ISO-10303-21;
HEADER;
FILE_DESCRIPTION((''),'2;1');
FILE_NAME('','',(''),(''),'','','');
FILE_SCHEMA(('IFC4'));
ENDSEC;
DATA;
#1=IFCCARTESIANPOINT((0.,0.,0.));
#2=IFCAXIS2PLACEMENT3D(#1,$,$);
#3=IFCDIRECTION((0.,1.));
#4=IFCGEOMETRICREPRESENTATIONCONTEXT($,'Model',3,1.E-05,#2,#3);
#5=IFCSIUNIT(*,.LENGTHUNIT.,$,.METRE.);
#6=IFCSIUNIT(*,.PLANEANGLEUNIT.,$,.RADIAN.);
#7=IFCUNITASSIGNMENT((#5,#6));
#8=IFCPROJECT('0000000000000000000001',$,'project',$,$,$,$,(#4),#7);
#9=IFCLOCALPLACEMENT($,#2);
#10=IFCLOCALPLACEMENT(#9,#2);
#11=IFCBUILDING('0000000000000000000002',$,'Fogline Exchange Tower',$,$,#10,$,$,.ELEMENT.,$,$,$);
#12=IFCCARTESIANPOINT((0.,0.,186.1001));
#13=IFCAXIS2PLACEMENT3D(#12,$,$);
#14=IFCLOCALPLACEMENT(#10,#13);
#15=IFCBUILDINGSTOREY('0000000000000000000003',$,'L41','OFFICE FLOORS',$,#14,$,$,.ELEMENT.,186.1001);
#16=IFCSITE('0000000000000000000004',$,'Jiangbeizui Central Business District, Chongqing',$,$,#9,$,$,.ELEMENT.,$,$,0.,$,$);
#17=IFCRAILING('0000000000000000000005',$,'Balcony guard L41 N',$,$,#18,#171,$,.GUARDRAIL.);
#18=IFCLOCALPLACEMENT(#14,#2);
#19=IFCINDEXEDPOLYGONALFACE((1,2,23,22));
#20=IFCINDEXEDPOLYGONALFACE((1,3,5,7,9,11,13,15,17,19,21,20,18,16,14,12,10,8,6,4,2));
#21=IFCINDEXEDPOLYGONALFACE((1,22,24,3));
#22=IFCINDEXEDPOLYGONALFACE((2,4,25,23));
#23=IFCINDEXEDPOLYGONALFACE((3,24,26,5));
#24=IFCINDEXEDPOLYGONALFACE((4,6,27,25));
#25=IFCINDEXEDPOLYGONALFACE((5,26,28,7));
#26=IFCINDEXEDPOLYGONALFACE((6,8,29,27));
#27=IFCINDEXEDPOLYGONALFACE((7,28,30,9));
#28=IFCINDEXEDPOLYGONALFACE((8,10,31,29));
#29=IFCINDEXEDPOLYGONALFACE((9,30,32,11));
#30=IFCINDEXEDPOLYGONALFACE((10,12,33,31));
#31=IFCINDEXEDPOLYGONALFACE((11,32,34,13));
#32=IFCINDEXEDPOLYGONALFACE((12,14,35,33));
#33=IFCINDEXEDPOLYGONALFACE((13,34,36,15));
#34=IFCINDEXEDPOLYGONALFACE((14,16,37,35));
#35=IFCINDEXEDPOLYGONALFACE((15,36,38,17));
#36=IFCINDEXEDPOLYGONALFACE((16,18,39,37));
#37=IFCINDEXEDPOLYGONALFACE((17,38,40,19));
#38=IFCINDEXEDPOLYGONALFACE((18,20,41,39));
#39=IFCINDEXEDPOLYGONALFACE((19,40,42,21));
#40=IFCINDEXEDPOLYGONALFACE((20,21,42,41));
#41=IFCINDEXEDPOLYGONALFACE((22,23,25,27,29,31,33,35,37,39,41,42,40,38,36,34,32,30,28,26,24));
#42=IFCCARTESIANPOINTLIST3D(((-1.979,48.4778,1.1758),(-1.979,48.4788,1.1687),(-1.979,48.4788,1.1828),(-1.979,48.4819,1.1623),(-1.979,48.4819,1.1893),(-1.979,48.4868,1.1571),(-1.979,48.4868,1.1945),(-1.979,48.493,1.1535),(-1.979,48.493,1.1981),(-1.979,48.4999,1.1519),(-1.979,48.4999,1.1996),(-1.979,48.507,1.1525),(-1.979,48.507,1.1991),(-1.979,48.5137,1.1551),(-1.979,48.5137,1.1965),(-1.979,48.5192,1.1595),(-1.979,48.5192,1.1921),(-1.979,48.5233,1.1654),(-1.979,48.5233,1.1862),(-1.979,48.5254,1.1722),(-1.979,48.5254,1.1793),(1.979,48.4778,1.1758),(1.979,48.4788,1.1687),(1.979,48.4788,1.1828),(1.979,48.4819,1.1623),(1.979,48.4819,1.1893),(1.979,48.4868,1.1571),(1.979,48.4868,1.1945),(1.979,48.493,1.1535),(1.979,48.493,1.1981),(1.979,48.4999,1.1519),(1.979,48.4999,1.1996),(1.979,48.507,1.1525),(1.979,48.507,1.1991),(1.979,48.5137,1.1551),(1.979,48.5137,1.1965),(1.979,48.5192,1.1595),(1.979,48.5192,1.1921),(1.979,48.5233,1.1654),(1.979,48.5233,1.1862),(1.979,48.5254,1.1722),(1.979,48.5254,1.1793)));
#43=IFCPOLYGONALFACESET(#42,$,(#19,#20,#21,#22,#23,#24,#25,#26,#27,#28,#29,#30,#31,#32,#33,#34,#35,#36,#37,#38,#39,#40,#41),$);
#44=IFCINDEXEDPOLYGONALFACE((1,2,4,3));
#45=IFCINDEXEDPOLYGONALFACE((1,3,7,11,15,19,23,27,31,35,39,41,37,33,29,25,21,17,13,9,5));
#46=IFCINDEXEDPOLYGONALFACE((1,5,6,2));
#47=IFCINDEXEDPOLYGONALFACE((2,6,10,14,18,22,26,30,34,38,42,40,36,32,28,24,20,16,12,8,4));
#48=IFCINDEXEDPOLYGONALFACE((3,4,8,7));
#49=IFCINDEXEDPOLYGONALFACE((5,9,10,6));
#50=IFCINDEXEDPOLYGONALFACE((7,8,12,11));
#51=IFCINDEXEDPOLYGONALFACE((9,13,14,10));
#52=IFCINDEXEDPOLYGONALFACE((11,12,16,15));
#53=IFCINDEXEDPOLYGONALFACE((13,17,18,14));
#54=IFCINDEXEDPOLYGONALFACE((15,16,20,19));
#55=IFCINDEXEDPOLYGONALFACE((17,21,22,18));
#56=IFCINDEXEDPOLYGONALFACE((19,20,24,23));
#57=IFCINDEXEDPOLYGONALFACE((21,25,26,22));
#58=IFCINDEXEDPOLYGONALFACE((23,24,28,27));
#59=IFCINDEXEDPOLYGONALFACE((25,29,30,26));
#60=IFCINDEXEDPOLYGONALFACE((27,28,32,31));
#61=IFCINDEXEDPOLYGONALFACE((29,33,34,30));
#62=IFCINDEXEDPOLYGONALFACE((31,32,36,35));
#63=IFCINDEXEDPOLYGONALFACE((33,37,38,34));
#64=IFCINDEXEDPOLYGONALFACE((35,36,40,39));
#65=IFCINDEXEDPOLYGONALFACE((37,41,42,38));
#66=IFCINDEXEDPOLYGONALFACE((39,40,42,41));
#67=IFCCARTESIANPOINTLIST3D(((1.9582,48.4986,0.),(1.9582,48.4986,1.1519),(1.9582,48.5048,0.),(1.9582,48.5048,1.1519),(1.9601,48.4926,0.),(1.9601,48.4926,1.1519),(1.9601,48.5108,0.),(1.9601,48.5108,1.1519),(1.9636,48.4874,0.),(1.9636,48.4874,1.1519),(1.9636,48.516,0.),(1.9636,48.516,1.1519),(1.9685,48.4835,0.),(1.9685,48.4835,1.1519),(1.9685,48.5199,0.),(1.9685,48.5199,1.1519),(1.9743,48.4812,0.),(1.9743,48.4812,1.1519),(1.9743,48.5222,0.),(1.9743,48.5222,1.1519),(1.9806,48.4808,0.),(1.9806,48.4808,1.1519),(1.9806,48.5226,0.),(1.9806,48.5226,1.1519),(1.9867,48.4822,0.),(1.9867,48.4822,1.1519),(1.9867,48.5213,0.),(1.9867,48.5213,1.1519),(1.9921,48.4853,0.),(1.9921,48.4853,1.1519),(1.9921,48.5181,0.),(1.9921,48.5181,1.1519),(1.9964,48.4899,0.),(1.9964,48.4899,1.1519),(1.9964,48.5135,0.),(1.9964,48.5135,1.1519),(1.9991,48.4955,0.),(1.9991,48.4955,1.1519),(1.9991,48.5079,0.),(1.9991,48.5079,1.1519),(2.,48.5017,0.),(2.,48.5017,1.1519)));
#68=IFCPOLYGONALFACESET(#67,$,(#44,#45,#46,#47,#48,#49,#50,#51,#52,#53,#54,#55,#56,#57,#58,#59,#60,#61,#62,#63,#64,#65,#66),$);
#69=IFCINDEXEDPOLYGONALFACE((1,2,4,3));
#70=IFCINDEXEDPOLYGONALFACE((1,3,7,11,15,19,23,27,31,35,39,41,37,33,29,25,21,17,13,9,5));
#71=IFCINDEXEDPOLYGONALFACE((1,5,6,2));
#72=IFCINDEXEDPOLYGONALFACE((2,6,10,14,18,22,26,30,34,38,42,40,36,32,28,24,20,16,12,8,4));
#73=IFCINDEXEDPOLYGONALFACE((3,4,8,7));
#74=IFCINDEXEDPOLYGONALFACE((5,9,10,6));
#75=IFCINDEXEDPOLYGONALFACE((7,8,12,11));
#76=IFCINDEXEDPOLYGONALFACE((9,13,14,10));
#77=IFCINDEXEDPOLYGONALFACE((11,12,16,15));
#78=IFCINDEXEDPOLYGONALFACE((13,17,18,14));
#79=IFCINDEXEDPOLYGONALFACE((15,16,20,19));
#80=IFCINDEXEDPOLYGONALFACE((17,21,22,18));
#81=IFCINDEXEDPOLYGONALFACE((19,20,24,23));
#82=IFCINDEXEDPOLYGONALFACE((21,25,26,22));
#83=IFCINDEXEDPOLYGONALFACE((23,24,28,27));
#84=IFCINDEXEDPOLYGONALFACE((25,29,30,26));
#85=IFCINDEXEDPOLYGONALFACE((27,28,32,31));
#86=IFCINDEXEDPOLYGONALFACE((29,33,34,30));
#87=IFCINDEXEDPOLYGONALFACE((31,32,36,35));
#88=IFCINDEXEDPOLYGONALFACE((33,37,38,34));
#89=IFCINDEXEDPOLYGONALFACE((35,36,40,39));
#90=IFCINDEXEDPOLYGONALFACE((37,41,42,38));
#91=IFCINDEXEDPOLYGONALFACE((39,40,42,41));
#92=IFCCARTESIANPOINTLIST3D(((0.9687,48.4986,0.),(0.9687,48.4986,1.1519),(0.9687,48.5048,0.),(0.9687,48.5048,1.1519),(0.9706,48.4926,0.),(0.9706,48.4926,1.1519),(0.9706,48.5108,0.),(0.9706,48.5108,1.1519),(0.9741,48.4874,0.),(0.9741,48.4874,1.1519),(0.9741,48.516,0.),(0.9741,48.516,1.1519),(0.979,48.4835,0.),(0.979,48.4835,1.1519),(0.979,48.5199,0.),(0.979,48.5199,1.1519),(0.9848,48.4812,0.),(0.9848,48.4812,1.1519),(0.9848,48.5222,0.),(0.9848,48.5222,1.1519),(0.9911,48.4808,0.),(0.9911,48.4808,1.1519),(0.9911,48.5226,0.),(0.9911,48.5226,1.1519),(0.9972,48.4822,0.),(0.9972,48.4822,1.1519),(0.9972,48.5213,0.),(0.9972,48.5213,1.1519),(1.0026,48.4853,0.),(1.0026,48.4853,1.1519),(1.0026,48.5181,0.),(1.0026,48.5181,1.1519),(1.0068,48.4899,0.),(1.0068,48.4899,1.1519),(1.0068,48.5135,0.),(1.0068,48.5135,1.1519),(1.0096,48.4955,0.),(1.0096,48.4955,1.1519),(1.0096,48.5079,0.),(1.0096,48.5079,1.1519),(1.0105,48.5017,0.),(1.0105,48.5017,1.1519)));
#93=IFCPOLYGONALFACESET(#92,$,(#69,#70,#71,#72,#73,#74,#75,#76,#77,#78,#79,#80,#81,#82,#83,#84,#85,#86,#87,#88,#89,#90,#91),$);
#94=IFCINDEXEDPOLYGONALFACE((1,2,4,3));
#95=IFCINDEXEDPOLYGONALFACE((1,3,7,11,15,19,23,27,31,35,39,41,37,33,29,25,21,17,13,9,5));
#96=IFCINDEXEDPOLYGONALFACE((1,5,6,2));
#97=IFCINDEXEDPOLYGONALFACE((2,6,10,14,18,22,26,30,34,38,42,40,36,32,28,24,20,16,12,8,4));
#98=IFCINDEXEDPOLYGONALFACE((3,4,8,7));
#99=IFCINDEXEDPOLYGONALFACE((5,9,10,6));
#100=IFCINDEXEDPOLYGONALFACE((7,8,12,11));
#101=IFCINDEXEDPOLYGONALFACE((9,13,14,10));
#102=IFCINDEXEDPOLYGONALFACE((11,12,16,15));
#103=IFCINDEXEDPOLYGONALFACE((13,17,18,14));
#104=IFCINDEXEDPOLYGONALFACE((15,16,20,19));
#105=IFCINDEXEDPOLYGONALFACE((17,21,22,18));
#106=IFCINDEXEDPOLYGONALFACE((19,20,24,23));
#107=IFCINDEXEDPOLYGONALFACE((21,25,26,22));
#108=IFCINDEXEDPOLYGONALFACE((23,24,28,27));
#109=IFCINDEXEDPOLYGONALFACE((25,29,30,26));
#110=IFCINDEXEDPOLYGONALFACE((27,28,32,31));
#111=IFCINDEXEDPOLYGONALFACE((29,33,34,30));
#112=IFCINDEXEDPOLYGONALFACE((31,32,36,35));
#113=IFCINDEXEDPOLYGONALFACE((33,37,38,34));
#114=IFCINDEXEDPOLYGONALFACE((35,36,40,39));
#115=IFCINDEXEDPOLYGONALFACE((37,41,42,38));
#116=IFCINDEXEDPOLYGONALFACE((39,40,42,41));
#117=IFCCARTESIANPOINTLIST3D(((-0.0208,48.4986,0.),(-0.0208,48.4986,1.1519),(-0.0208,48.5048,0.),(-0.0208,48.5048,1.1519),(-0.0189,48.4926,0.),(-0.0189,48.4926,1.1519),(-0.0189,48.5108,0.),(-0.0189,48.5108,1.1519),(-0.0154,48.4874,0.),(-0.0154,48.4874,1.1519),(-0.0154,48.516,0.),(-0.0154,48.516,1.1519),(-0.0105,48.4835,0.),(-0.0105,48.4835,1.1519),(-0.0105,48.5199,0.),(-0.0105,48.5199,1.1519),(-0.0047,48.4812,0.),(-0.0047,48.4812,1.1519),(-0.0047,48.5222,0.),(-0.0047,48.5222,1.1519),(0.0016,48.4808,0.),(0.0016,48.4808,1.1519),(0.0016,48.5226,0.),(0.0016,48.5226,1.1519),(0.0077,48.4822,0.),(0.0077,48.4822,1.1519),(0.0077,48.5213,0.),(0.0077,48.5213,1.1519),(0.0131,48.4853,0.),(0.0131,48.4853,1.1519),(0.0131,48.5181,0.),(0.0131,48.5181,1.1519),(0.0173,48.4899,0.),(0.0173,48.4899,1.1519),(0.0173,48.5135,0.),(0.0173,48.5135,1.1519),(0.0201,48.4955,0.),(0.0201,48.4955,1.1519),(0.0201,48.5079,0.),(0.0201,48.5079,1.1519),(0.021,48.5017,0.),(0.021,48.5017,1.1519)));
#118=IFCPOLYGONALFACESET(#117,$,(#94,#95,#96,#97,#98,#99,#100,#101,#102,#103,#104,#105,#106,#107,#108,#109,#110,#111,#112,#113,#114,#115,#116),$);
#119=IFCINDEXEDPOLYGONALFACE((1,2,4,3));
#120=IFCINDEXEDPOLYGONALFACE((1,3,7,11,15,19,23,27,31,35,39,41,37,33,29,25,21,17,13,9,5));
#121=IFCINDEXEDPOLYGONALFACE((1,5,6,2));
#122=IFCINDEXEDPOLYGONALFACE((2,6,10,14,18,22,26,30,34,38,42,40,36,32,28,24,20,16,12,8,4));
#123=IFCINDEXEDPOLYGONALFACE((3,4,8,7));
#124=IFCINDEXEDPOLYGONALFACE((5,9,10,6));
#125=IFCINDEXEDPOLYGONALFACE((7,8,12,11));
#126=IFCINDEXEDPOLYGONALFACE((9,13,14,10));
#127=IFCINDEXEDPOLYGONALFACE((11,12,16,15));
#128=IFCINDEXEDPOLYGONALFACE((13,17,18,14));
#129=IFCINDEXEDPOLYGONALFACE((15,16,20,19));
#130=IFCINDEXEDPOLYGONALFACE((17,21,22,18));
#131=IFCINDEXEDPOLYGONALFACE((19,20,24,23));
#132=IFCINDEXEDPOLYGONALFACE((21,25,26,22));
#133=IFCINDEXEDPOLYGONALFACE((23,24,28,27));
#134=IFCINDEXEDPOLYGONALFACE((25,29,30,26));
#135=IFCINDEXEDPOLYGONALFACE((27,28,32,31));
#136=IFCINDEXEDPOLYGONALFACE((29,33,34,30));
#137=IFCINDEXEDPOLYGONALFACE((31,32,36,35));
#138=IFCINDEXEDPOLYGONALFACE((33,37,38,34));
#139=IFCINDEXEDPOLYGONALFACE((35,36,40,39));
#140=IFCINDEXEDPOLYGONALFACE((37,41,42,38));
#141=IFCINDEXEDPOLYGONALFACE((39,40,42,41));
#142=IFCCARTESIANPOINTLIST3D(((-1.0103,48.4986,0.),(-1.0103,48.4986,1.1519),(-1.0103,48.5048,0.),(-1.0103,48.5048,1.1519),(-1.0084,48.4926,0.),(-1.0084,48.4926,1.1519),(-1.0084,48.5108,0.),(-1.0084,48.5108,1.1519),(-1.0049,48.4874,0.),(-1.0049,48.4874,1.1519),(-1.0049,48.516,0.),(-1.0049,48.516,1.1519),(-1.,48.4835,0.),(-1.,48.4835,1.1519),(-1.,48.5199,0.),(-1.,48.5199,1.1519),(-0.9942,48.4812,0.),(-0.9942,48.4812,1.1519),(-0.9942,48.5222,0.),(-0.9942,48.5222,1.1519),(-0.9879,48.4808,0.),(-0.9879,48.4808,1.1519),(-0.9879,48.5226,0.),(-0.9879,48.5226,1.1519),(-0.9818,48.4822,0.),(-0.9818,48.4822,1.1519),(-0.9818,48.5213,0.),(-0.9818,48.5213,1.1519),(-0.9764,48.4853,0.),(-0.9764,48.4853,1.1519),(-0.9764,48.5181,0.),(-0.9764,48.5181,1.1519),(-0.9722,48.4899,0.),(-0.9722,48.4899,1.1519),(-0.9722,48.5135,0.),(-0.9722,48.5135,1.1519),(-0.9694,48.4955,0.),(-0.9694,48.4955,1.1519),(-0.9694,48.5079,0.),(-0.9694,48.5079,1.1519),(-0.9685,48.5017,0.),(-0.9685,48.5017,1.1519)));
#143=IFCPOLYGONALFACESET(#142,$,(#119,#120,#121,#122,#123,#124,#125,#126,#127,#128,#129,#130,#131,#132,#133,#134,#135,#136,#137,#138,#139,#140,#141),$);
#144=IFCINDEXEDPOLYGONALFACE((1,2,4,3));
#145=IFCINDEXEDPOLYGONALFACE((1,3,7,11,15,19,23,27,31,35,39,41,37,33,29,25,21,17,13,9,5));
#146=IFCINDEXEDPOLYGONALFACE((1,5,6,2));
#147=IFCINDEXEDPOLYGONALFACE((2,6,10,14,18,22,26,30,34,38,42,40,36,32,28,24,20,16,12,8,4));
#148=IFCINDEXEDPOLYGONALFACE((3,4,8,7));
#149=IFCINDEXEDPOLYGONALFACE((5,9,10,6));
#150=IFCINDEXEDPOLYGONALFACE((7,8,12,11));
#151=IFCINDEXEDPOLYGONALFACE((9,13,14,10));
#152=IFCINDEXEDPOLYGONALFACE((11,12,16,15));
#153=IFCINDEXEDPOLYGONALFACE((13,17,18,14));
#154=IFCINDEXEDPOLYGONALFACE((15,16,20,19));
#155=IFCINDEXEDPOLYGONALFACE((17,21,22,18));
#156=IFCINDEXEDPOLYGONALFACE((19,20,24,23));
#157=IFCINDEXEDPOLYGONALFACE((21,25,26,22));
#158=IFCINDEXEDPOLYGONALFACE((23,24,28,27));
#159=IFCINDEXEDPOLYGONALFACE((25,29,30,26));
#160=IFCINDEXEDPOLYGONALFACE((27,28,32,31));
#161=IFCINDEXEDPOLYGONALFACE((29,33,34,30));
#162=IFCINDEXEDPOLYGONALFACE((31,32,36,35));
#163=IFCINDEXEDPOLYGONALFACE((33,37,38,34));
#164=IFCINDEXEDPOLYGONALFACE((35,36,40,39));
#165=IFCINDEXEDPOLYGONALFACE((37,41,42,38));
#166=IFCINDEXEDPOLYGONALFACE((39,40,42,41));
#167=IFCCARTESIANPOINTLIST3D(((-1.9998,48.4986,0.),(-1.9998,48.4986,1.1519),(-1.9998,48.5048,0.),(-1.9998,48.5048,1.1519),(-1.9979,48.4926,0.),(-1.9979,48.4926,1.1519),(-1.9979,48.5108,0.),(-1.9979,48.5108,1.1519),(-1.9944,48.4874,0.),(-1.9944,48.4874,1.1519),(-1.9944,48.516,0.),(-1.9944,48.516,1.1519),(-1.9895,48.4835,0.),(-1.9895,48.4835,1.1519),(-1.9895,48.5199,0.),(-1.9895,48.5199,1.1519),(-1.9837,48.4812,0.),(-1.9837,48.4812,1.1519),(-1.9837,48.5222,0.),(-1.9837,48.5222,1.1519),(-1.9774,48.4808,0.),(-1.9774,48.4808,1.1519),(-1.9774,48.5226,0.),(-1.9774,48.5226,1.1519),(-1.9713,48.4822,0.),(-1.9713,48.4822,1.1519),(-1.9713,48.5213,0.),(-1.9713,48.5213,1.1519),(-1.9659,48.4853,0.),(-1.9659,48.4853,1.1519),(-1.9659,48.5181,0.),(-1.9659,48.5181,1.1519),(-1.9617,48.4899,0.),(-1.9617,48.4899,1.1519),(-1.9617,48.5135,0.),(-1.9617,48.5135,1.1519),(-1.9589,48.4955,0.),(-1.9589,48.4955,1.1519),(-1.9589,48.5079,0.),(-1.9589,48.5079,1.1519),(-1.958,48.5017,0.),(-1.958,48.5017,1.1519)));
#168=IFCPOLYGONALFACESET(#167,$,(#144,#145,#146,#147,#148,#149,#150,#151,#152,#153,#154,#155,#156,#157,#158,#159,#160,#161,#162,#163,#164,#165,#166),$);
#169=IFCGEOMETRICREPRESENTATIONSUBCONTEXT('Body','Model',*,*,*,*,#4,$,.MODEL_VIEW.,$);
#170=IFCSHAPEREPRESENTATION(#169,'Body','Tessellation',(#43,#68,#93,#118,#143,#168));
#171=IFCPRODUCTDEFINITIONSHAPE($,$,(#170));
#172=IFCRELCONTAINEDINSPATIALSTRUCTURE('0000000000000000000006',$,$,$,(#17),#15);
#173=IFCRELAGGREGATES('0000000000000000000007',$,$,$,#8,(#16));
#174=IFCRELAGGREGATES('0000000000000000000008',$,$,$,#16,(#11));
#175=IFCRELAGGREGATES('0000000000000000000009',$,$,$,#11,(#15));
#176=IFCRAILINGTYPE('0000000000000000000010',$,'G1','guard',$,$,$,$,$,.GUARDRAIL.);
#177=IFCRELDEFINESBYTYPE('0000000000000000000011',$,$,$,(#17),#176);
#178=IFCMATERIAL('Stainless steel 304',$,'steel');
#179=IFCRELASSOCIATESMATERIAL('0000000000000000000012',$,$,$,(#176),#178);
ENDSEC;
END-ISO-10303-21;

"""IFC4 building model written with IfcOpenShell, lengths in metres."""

from ifc_helpers import new_model, si_unit, direction, frame, origin, origin_2d, place, context, subcontext, project, spatial, circle, extrude, material, type_object, element, save


model = new_model("IFC4")

# Units and contexts
model_context = context("Model", 3, precision=1e-05, world=origin(), true_north=direction((0.0, 1.0)))
body_context = subcontext(model_context, "Body", "Model", "MODEL_VIEW")
ifc_project = project(units=[si_unit("LENGTHUNIT", "METRE"), si_unit("PLANEANGLEUNIT", "RADIAN")], contexts=[model_context])

# Site, building, storey
site_placement = place(None, origin())
site = spatial("IfcSite", under=ifc_project, at=site_placement, Name="Jiangbeizui Central Business District, Chongqing", CompositionType="ELEMENT", RefElevation=0.0)
building_placement = place(site_placement, origin())
building = spatial("IfcBuilding", under=site, at=building_placement, Name="Fogline Exchange Tower", CompositionType="ELEMENT")
storey_placement = place(building_placement, frame((0.0, 0.0, 186.1001)))
storey = spatial("IfcBuildingStorey", under=building, at=storey_placement, Name="L41", Description="OFFICE FLOORS", CompositionType="ELEMENT", Elevation=186.1001)

# Railing
ifc_material_1 = material(Name="Stainless steel 304", Category="steel")
railing_type = type_object("IfcRailingType", Name="G1", Description="guard", PredefinedType="GUARDRAIL", material=ifc_material_1)
railing_placement = place(storey_placement, frame((1.979, 48.5017, 0.0)))
element("IfcRailing", 1, at=railing_placement, inside=storey, type_object=railing_type, Name="Balcony guard L41 N", PredefinedType="GUARDRAIL", context=body_context, shape_type="SweptSolid", body=[
    extrude(circle(Radius=0.0239, at=origin_2d()), frame((0.0, 0.0, 1.1758), z_axis=(-1.0, 0.0, 0.0), x_axis=(0.0, -1.0, 0.0)), (0.0, 0.0, 1.0), 3.958),
    extrude(circle(Radius=0.021, at=origin_2d()), origin(), (0.0, 0.0, 1.0), 1.1519),
    extrude(circle(Radius=0.021, at=origin_2d()), frame((-0.9895, 0.0, 0.0)), (0.0, 0.0, 1.0), 1.1519),
    extrude(circle(Radius=0.021, at=origin_2d()), frame((-1.979, 0.0, 0.0)), (0.0, 0.0, 1.0), 1.1519),
    extrude(circle(Radius=0.021, at=origin_2d()), frame((-2.9685, 0.0, 0.0)), (0.0, 0.0, 1.0), 1.1519),
    extrude(circle(Radius=0.021, at=origin_2d()), frame((-3.958, 0.0, 0.0)), (0.0, 0.0, 1.0), 1.1519),
])

save(model, "model.ifc")
